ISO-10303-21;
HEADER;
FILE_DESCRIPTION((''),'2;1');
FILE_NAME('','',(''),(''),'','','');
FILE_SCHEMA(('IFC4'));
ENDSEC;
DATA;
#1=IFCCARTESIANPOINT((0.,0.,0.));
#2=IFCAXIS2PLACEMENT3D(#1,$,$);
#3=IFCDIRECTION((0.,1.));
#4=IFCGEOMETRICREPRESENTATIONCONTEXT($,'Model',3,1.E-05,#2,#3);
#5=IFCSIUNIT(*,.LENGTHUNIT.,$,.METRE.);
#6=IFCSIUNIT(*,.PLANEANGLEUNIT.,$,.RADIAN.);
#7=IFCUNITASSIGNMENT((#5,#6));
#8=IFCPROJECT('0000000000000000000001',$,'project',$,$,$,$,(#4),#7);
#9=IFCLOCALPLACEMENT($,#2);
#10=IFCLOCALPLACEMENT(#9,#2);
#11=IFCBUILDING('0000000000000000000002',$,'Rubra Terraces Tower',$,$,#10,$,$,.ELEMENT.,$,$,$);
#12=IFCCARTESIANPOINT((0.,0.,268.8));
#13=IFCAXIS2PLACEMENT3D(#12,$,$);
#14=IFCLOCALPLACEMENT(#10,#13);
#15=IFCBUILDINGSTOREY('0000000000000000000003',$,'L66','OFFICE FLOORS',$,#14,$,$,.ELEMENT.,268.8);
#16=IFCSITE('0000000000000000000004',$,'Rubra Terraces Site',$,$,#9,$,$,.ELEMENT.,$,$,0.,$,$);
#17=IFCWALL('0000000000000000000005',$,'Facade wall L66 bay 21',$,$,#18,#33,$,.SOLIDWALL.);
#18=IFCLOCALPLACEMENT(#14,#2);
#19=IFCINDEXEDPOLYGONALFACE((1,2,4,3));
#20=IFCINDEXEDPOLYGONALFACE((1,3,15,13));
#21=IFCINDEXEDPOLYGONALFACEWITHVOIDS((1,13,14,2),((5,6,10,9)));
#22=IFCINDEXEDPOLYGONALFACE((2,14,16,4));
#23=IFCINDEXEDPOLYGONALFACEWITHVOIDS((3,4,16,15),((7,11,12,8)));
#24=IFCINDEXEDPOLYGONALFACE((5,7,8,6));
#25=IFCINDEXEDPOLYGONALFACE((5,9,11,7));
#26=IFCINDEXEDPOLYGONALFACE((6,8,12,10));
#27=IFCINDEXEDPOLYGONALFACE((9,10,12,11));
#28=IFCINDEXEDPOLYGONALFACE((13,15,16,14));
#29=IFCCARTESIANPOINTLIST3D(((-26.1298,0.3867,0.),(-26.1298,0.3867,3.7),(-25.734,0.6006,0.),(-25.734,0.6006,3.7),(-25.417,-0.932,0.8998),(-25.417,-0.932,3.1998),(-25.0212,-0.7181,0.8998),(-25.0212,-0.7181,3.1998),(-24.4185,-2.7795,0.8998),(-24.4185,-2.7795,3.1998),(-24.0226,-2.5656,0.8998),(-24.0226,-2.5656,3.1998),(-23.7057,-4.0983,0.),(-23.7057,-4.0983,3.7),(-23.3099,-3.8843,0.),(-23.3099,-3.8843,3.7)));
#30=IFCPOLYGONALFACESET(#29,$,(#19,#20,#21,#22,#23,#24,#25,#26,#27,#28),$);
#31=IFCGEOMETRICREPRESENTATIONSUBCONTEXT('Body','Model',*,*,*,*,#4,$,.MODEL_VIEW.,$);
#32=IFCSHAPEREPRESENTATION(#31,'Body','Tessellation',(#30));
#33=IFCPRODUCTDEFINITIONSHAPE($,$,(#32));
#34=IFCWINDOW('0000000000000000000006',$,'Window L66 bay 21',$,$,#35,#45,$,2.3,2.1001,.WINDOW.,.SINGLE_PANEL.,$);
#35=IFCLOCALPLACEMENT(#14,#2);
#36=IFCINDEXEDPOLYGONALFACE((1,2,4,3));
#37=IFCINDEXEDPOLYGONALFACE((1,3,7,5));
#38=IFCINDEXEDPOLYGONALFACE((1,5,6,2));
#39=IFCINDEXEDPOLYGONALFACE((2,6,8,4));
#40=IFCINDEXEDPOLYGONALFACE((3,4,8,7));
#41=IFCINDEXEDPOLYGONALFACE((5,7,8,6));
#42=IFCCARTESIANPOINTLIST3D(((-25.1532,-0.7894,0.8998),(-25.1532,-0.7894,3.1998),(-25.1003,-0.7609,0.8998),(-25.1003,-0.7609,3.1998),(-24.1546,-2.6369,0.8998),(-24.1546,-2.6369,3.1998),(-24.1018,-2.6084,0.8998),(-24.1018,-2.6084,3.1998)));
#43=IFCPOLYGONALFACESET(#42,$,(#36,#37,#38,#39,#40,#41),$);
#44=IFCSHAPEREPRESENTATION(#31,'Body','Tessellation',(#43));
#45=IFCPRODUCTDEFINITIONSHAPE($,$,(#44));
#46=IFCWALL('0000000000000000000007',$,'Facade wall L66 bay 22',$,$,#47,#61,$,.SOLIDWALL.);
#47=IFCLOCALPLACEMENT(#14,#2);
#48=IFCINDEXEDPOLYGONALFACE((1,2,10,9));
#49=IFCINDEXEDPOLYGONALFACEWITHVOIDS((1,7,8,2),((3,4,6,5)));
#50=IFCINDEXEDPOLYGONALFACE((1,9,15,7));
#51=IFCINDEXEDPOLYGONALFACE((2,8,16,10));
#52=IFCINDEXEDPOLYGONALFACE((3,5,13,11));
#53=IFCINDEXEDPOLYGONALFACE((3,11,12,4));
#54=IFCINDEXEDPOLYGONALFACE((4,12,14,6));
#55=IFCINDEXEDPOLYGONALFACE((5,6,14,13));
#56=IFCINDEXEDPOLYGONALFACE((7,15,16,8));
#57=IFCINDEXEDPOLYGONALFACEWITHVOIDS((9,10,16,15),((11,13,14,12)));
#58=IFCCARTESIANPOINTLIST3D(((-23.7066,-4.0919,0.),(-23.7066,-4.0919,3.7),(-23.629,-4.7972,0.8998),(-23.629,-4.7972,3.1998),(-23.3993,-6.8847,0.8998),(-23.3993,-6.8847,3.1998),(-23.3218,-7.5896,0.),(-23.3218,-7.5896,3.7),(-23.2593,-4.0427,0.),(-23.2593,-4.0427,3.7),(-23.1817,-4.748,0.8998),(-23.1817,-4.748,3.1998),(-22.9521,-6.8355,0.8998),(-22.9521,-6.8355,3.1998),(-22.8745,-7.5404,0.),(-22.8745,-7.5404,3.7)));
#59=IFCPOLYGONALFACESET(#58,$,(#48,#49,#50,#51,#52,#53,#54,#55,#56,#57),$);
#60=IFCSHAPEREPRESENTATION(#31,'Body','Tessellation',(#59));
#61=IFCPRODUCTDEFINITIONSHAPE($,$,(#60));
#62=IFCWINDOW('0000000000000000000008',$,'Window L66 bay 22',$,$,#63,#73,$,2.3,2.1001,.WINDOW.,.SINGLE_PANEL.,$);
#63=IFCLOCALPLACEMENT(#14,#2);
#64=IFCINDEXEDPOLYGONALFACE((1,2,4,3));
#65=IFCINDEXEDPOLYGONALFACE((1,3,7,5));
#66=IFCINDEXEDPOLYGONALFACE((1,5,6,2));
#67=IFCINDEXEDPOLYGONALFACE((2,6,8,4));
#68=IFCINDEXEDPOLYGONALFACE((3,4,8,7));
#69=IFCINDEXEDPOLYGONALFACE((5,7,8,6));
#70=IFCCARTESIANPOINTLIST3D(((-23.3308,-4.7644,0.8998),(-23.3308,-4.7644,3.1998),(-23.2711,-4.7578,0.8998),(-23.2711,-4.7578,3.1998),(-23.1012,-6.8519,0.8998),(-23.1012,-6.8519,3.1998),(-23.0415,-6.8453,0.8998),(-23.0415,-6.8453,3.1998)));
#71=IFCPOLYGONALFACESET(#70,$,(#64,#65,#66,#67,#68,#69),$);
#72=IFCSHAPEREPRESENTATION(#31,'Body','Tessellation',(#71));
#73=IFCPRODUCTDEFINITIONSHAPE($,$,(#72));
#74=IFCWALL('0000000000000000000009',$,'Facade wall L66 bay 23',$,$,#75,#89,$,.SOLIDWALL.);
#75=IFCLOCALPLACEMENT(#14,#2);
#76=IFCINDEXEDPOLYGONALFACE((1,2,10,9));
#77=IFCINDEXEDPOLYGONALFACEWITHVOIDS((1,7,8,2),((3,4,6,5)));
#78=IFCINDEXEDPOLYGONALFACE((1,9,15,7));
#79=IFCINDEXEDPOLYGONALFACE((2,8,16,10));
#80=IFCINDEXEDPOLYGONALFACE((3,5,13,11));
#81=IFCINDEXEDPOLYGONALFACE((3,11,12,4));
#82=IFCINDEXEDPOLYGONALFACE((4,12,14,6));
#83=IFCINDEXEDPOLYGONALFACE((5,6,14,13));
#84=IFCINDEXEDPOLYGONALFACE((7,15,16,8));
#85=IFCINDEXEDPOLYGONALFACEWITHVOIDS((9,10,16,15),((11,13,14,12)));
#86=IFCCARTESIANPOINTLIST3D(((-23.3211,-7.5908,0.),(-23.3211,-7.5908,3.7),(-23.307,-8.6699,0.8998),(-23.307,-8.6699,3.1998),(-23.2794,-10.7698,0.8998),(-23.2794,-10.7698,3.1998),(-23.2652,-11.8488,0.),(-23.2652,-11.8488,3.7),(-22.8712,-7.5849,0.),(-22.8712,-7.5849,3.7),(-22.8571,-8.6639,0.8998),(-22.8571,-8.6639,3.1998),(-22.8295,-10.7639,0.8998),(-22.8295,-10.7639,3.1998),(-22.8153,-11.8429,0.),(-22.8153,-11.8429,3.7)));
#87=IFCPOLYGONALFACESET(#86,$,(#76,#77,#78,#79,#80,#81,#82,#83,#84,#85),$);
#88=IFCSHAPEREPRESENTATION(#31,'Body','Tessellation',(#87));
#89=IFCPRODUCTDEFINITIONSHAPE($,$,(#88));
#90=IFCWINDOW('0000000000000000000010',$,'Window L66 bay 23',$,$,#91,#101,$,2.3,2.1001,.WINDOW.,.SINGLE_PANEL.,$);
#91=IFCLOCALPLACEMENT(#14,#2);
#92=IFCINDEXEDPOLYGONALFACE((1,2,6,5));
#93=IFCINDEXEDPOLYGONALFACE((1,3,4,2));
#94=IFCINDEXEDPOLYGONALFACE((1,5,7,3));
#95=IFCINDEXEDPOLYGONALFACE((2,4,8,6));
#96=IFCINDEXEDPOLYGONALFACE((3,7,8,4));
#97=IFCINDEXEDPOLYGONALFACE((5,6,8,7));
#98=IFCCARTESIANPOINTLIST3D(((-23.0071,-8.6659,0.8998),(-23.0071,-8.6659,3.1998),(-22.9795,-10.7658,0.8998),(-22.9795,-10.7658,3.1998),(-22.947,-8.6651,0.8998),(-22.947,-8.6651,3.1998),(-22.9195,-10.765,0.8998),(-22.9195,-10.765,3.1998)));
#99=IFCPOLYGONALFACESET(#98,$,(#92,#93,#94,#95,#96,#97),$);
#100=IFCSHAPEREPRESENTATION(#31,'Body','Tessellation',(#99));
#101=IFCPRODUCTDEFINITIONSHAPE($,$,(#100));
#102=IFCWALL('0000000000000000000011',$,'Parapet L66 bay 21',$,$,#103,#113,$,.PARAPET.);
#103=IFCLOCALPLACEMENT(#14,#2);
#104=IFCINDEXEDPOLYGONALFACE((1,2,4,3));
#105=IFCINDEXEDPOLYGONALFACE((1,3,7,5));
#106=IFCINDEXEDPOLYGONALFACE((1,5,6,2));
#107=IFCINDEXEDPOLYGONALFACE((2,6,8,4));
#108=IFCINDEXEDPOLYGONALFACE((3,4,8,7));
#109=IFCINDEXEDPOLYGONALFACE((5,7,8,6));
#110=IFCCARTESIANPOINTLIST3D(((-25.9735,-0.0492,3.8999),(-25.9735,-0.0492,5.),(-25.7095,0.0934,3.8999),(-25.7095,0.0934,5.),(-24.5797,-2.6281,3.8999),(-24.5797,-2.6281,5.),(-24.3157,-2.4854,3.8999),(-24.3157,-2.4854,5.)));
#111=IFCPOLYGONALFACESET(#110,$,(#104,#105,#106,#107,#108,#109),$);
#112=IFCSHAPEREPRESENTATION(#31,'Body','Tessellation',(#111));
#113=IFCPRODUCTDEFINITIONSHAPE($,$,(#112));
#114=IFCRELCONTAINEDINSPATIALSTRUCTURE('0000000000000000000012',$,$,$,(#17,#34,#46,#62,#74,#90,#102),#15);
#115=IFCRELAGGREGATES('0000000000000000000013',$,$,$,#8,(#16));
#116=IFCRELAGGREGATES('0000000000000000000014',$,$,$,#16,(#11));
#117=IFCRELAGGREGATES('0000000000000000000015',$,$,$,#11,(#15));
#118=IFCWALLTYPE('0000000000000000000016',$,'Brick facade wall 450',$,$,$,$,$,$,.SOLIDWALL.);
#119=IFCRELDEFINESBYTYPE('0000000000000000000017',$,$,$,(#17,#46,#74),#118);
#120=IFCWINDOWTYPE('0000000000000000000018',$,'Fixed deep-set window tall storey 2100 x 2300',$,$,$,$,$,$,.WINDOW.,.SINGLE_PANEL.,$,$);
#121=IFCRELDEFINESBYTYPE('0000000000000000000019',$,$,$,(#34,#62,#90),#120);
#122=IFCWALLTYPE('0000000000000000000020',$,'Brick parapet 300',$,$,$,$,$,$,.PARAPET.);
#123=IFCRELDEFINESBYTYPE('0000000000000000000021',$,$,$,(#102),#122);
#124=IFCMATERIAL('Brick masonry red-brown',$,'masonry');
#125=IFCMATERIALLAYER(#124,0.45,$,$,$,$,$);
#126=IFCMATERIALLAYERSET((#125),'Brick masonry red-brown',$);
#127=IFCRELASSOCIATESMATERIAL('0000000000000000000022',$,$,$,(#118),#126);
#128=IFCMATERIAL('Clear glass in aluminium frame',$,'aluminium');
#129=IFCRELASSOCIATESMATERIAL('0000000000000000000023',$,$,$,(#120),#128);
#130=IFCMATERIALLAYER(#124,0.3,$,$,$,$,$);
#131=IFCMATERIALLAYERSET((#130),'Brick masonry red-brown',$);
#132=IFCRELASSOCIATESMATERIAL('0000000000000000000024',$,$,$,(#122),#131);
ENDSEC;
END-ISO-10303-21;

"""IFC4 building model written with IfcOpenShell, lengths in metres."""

from ifc_helpers import new_model, si_unit, direction, frame, frame_2d, origin, place, context, subcontext, project, spatial, rectangle, extrude, material, layer, layer_set, type_object, element, fill, save


model = new_model("IFC4")

# Units and contexts
model_context = context("Model", 3, precision=1e-05, world=origin(), true_north=direction((0.0, 1.0)))
body_context = subcontext(model_context, "Body", "Model", "MODEL_VIEW")
ifc_project = project(units=[si_unit("LENGTHUNIT", "METRE"), si_unit("PLANEANGLEUNIT", "RADIAN")], contexts=[model_context])

# Site, building, storey
site_placement = place(None, origin())
site = spatial("IfcSite", under=ifc_project, at=site_placement, Name="Rubra Terraces Site", CompositionType="ELEMENT", RefElevation=0.0)
building_placement = place(site_placement, origin())
building = spatial("IfcBuilding", under=site, at=building_placement, Name="Rubra Terraces Tower", CompositionType="ELEMENT")
storey_placement = place(building_placement, frame((0.0, 0.0, 268.8)))
storey = spatial("IfcBuildingStorey", under=building, at=storey_placement, Name="L66", Description="OFFICE FLOORS", CompositionType="ELEMENT", Elevation=268.8)

# Walls, openings, windows
ifc_material_1 = material(Name="Brick masonry red-brown", Category="masonry")
ifc_layer_1 = layer(ifc_material_1, 0.45)
ifc_layer_set_1 = layer_set([ifc_layer_1], Name="Brick masonry red-brown")
wall_type_1 = type_object("IfcWallType", Name="Brick facade wall 450", PredefinedType="SOLIDWALL", material=ifc_layer_set_1)
wall_1_placement = place(storey_placement, frame((-25.9319, 0.4937, 0.0), z_axis=(0.0, 0.0, 1.0), x_axis=(0.47549, -0.879721, 0.0)))
wall_1 = element("IfcWall", 1, at=wall_1_placement, inside=storey, type_object=wall_type_1, Name="Facade wall L66 bay 21", PredefinedType="SOLIDWALL", context=body_context, shape_type="SweptSolid", body=[
    extrude(rectangle(XDim=5.0981, YDim=0.45, at=frame_2d((2.5491, 0.0))), origin(), (0.0, 0.0, 1.0), 3.7),
])
opening_1_placement = place(wall_1_placement, frame((1.499, 0.0, 0.8999)))
opening_1 = element("IfcOpeningElement", 2, at=opening_1_placement, cuts=wall_1, PredefinedType="OPENING", context=body_context, shape_type="SweptSolid", body=[
    extrude(rectangle(XDim=2.1001, YDim=2.3, at=frame_2d((1.05, 1.1499))), frame((0.0, 0.2349, 0.0), z_axis=(0.0, -1.0, 0.0), x_axis=(1.0, 0.0, 0.0)), (0.0, 0.0, 1.0), 0.47),
])
ifc_material_2 = material(Name="Clear glass in aluminium frame", Category="aluminium")
window_type = type_object("IfcWindowType", Name="Fixed deep-set window tall storey 2100 x 2300", PartitioningType="SINGLE_PANEL", PredefinedType="WINDOW", material=ifc_material_2)
window_1_placement = place(opening_1_placement, origin())
window_1 = element("IfcWindow", 3, at=window_1_placement, inside=storey, type_object=window_type, Name="Window L66 bay 21", OverallHeight=2.3, OverallWidth=2.1001, PartitioningType="SINGLE_PANEL", PredefinedType="WINDOW", context=body_context, shape_type="SweptSolid", body=[
    extrude(rectangle(XDim=2.1001, YDim=2.3, at=frame_2d((1.05, 1.1499))), frame((0.0, 0.135, 0.0), z_axis=(0.0, -1.0, 0.0), x_axis=(1.0, 0.0, 0.0)), (0.0, 0.0, 1.0), 0.0601),
])
fill(opening_1, window_1)
wall_2_placement = place(storey_placement, frame((-23.4829, -4.0674, 0.0), z_axis=(0.0, 0.0, 1.0), x_axis=(0.109343, -0.994004, 0.0)))
wall_2 = element("IfcWall", 4, at=wall_2_placement, inside=storey, type_object=wall_type_1, Name="Facade wall L66 bay 22", PredefinedType="SOLIDWALL", context=body_context, shape_type="SweptSolid", body=[
    extrude(rectangle(XDim=3.5188, YDim=0.45, at=frame_2d((1.7593, 0.0))), origin(), (0.0, 0.0, 1.0), 3.7),
])
opening_2_placement = place(wall_2_placement, frame((0.7095, 0.0, 0.8999)))
opening_2 = element("IfcOpeningElement", 5, at=opening_2_placement, cuts=wall_2, PredefinedType="OPENING", context=body_context, shape_type="SweptSolid", body=[
    extrude(rectangle(XDim=2.1001, YDim=2.3, at=frame_2d((1.05, 1.1499))), frame((0.0, 0.2349, 0.0), z_axis=(0.0, -1.0, 0.0), x_axis=(1.0, 0.0, 0.0)), (0.0, 0.0, 1.0), 0.47),
])
window_2_placement = place(opening_2_placement, origin())
window_2 = element("IfcWindow", 6, at=window_2_placement, inside=storey, type_object=window_type, Name="Window L66 bay 22", OverallHeight=2.3, OverallWidth=2.1001, PartitioningType="SINGLE_PANEL", PredefinedType="WINDOW", context=body_context, shape_type="SweptSolid", body=[
    extrude(rectangle(XDim=2.1001, YDim=2.3, at=frame_2d((1.05, 1.1499))), frame((0.0, 0.135, 0.0), z_axis=(0.0, -1.0, 0.0), x_axis=(1.0, 0.0, 0.0)), (0.0, 0.0, 1.0), 0.0601),
])
fill(opening_2, window_2)
wall_3_placement = place(storey_placement, frame((-23.0962, -7.5879, 0.0), z_axis=(0.0, 0.0, 1.0), x_axis=(0.01313, -0.999914, 0.0)))
wall_3 = element("IfcWall", 7, at=wall_3_placement, inside=storey, type_object=wall_type_1, Name="Facade wall L66 bay 23", PredefinedType="SOLIDWALL", context=body_context, shape_type="SweptSolid", body=[
    extrude(rectangle(XDim=4.2583, YDim=0.45, at=frame_2d((2.1292, 0.0))), origin(), (0.0, 0.0, 1.0), 3.7),
])
opening_3_placement = place(wall_3_placement, frame((1.0791, 0.0, 0.8999)))
opening_3 = element("IfcOpeningElement", 8, at=opening_3_placement, cuts=wall_3, PredefinedType="OPENING", context=body_context, shape_type="SweptSolid", body=[
    extrude(rectangle(XDim=2.1001, YDim=2.3, at=frame_2d((1.05, 1.1499))), frame((0.0, 0.2349, 0.0), z_axis=(0.0, -1.0, 0.0), x_axis=(1.0, 0.0, 0.0)), (0.0, 0.0, 1.0), 0.47),
])
window_3_placement = place(opening_3_placement, origin())
window_3 = element("IfcWindow", 9, at=window_3_placement, inside=storey, type_object=window_type, Name="Window L66 bay 23", OverallHeight=2.3, OverallWidth=2.1001, PartitioningType="SINGLE_PANEL", PredefinedType="WINDOW", context=body_context, shape_type="SweptSolid", body=[
    extrude(rectangle(XDim=2.1001, YDim=2.3, at=frame_2d((1.05, 1.1499))), frame((0.0, 0.135, 0.0), z_axis=(0.0, -1.0, 0.0), x_axis=(1.0, 0.0, 0.0)), (0.0, 0.0, 1.0), 0.0601),
])
fill(opening_3, window_3)

# Wall
ifc_layer_2 = layer(ifc_material_1, 0.3)
ifc_layer_set_2 = layer_set([ifc_layer_2], Name="Brick masonry red-brown")
wall_type_2 = type_object("IfcWallType", Name="Brick parapet 300", PredefinedType="PARAPET", material=ifc_layer_set_2)
wall_4_placement = place(storey_placement, frame((-25.8416, 0.0222, 3.8999), z_axis=(0.0, 0.0, 1.0), x_axis=(0.47547, -0.879732, 0.0)))
element("IfcWall", 10, at=wall_4_placement, inside=storey, type_object=wall_type_2, Name="Parapet L66 bay 21", PredefinedType="PARAPET", context=body_context, shape_type="SweptSolid", body=[
    extrude(rectangle(XDim=2.9314, YDim=0.3, at=frame_2d((1.4658, 0.0))), origin(), (0.0, 0.0, 1.0), 1.1001),
])

save(model, "model.ifc")
